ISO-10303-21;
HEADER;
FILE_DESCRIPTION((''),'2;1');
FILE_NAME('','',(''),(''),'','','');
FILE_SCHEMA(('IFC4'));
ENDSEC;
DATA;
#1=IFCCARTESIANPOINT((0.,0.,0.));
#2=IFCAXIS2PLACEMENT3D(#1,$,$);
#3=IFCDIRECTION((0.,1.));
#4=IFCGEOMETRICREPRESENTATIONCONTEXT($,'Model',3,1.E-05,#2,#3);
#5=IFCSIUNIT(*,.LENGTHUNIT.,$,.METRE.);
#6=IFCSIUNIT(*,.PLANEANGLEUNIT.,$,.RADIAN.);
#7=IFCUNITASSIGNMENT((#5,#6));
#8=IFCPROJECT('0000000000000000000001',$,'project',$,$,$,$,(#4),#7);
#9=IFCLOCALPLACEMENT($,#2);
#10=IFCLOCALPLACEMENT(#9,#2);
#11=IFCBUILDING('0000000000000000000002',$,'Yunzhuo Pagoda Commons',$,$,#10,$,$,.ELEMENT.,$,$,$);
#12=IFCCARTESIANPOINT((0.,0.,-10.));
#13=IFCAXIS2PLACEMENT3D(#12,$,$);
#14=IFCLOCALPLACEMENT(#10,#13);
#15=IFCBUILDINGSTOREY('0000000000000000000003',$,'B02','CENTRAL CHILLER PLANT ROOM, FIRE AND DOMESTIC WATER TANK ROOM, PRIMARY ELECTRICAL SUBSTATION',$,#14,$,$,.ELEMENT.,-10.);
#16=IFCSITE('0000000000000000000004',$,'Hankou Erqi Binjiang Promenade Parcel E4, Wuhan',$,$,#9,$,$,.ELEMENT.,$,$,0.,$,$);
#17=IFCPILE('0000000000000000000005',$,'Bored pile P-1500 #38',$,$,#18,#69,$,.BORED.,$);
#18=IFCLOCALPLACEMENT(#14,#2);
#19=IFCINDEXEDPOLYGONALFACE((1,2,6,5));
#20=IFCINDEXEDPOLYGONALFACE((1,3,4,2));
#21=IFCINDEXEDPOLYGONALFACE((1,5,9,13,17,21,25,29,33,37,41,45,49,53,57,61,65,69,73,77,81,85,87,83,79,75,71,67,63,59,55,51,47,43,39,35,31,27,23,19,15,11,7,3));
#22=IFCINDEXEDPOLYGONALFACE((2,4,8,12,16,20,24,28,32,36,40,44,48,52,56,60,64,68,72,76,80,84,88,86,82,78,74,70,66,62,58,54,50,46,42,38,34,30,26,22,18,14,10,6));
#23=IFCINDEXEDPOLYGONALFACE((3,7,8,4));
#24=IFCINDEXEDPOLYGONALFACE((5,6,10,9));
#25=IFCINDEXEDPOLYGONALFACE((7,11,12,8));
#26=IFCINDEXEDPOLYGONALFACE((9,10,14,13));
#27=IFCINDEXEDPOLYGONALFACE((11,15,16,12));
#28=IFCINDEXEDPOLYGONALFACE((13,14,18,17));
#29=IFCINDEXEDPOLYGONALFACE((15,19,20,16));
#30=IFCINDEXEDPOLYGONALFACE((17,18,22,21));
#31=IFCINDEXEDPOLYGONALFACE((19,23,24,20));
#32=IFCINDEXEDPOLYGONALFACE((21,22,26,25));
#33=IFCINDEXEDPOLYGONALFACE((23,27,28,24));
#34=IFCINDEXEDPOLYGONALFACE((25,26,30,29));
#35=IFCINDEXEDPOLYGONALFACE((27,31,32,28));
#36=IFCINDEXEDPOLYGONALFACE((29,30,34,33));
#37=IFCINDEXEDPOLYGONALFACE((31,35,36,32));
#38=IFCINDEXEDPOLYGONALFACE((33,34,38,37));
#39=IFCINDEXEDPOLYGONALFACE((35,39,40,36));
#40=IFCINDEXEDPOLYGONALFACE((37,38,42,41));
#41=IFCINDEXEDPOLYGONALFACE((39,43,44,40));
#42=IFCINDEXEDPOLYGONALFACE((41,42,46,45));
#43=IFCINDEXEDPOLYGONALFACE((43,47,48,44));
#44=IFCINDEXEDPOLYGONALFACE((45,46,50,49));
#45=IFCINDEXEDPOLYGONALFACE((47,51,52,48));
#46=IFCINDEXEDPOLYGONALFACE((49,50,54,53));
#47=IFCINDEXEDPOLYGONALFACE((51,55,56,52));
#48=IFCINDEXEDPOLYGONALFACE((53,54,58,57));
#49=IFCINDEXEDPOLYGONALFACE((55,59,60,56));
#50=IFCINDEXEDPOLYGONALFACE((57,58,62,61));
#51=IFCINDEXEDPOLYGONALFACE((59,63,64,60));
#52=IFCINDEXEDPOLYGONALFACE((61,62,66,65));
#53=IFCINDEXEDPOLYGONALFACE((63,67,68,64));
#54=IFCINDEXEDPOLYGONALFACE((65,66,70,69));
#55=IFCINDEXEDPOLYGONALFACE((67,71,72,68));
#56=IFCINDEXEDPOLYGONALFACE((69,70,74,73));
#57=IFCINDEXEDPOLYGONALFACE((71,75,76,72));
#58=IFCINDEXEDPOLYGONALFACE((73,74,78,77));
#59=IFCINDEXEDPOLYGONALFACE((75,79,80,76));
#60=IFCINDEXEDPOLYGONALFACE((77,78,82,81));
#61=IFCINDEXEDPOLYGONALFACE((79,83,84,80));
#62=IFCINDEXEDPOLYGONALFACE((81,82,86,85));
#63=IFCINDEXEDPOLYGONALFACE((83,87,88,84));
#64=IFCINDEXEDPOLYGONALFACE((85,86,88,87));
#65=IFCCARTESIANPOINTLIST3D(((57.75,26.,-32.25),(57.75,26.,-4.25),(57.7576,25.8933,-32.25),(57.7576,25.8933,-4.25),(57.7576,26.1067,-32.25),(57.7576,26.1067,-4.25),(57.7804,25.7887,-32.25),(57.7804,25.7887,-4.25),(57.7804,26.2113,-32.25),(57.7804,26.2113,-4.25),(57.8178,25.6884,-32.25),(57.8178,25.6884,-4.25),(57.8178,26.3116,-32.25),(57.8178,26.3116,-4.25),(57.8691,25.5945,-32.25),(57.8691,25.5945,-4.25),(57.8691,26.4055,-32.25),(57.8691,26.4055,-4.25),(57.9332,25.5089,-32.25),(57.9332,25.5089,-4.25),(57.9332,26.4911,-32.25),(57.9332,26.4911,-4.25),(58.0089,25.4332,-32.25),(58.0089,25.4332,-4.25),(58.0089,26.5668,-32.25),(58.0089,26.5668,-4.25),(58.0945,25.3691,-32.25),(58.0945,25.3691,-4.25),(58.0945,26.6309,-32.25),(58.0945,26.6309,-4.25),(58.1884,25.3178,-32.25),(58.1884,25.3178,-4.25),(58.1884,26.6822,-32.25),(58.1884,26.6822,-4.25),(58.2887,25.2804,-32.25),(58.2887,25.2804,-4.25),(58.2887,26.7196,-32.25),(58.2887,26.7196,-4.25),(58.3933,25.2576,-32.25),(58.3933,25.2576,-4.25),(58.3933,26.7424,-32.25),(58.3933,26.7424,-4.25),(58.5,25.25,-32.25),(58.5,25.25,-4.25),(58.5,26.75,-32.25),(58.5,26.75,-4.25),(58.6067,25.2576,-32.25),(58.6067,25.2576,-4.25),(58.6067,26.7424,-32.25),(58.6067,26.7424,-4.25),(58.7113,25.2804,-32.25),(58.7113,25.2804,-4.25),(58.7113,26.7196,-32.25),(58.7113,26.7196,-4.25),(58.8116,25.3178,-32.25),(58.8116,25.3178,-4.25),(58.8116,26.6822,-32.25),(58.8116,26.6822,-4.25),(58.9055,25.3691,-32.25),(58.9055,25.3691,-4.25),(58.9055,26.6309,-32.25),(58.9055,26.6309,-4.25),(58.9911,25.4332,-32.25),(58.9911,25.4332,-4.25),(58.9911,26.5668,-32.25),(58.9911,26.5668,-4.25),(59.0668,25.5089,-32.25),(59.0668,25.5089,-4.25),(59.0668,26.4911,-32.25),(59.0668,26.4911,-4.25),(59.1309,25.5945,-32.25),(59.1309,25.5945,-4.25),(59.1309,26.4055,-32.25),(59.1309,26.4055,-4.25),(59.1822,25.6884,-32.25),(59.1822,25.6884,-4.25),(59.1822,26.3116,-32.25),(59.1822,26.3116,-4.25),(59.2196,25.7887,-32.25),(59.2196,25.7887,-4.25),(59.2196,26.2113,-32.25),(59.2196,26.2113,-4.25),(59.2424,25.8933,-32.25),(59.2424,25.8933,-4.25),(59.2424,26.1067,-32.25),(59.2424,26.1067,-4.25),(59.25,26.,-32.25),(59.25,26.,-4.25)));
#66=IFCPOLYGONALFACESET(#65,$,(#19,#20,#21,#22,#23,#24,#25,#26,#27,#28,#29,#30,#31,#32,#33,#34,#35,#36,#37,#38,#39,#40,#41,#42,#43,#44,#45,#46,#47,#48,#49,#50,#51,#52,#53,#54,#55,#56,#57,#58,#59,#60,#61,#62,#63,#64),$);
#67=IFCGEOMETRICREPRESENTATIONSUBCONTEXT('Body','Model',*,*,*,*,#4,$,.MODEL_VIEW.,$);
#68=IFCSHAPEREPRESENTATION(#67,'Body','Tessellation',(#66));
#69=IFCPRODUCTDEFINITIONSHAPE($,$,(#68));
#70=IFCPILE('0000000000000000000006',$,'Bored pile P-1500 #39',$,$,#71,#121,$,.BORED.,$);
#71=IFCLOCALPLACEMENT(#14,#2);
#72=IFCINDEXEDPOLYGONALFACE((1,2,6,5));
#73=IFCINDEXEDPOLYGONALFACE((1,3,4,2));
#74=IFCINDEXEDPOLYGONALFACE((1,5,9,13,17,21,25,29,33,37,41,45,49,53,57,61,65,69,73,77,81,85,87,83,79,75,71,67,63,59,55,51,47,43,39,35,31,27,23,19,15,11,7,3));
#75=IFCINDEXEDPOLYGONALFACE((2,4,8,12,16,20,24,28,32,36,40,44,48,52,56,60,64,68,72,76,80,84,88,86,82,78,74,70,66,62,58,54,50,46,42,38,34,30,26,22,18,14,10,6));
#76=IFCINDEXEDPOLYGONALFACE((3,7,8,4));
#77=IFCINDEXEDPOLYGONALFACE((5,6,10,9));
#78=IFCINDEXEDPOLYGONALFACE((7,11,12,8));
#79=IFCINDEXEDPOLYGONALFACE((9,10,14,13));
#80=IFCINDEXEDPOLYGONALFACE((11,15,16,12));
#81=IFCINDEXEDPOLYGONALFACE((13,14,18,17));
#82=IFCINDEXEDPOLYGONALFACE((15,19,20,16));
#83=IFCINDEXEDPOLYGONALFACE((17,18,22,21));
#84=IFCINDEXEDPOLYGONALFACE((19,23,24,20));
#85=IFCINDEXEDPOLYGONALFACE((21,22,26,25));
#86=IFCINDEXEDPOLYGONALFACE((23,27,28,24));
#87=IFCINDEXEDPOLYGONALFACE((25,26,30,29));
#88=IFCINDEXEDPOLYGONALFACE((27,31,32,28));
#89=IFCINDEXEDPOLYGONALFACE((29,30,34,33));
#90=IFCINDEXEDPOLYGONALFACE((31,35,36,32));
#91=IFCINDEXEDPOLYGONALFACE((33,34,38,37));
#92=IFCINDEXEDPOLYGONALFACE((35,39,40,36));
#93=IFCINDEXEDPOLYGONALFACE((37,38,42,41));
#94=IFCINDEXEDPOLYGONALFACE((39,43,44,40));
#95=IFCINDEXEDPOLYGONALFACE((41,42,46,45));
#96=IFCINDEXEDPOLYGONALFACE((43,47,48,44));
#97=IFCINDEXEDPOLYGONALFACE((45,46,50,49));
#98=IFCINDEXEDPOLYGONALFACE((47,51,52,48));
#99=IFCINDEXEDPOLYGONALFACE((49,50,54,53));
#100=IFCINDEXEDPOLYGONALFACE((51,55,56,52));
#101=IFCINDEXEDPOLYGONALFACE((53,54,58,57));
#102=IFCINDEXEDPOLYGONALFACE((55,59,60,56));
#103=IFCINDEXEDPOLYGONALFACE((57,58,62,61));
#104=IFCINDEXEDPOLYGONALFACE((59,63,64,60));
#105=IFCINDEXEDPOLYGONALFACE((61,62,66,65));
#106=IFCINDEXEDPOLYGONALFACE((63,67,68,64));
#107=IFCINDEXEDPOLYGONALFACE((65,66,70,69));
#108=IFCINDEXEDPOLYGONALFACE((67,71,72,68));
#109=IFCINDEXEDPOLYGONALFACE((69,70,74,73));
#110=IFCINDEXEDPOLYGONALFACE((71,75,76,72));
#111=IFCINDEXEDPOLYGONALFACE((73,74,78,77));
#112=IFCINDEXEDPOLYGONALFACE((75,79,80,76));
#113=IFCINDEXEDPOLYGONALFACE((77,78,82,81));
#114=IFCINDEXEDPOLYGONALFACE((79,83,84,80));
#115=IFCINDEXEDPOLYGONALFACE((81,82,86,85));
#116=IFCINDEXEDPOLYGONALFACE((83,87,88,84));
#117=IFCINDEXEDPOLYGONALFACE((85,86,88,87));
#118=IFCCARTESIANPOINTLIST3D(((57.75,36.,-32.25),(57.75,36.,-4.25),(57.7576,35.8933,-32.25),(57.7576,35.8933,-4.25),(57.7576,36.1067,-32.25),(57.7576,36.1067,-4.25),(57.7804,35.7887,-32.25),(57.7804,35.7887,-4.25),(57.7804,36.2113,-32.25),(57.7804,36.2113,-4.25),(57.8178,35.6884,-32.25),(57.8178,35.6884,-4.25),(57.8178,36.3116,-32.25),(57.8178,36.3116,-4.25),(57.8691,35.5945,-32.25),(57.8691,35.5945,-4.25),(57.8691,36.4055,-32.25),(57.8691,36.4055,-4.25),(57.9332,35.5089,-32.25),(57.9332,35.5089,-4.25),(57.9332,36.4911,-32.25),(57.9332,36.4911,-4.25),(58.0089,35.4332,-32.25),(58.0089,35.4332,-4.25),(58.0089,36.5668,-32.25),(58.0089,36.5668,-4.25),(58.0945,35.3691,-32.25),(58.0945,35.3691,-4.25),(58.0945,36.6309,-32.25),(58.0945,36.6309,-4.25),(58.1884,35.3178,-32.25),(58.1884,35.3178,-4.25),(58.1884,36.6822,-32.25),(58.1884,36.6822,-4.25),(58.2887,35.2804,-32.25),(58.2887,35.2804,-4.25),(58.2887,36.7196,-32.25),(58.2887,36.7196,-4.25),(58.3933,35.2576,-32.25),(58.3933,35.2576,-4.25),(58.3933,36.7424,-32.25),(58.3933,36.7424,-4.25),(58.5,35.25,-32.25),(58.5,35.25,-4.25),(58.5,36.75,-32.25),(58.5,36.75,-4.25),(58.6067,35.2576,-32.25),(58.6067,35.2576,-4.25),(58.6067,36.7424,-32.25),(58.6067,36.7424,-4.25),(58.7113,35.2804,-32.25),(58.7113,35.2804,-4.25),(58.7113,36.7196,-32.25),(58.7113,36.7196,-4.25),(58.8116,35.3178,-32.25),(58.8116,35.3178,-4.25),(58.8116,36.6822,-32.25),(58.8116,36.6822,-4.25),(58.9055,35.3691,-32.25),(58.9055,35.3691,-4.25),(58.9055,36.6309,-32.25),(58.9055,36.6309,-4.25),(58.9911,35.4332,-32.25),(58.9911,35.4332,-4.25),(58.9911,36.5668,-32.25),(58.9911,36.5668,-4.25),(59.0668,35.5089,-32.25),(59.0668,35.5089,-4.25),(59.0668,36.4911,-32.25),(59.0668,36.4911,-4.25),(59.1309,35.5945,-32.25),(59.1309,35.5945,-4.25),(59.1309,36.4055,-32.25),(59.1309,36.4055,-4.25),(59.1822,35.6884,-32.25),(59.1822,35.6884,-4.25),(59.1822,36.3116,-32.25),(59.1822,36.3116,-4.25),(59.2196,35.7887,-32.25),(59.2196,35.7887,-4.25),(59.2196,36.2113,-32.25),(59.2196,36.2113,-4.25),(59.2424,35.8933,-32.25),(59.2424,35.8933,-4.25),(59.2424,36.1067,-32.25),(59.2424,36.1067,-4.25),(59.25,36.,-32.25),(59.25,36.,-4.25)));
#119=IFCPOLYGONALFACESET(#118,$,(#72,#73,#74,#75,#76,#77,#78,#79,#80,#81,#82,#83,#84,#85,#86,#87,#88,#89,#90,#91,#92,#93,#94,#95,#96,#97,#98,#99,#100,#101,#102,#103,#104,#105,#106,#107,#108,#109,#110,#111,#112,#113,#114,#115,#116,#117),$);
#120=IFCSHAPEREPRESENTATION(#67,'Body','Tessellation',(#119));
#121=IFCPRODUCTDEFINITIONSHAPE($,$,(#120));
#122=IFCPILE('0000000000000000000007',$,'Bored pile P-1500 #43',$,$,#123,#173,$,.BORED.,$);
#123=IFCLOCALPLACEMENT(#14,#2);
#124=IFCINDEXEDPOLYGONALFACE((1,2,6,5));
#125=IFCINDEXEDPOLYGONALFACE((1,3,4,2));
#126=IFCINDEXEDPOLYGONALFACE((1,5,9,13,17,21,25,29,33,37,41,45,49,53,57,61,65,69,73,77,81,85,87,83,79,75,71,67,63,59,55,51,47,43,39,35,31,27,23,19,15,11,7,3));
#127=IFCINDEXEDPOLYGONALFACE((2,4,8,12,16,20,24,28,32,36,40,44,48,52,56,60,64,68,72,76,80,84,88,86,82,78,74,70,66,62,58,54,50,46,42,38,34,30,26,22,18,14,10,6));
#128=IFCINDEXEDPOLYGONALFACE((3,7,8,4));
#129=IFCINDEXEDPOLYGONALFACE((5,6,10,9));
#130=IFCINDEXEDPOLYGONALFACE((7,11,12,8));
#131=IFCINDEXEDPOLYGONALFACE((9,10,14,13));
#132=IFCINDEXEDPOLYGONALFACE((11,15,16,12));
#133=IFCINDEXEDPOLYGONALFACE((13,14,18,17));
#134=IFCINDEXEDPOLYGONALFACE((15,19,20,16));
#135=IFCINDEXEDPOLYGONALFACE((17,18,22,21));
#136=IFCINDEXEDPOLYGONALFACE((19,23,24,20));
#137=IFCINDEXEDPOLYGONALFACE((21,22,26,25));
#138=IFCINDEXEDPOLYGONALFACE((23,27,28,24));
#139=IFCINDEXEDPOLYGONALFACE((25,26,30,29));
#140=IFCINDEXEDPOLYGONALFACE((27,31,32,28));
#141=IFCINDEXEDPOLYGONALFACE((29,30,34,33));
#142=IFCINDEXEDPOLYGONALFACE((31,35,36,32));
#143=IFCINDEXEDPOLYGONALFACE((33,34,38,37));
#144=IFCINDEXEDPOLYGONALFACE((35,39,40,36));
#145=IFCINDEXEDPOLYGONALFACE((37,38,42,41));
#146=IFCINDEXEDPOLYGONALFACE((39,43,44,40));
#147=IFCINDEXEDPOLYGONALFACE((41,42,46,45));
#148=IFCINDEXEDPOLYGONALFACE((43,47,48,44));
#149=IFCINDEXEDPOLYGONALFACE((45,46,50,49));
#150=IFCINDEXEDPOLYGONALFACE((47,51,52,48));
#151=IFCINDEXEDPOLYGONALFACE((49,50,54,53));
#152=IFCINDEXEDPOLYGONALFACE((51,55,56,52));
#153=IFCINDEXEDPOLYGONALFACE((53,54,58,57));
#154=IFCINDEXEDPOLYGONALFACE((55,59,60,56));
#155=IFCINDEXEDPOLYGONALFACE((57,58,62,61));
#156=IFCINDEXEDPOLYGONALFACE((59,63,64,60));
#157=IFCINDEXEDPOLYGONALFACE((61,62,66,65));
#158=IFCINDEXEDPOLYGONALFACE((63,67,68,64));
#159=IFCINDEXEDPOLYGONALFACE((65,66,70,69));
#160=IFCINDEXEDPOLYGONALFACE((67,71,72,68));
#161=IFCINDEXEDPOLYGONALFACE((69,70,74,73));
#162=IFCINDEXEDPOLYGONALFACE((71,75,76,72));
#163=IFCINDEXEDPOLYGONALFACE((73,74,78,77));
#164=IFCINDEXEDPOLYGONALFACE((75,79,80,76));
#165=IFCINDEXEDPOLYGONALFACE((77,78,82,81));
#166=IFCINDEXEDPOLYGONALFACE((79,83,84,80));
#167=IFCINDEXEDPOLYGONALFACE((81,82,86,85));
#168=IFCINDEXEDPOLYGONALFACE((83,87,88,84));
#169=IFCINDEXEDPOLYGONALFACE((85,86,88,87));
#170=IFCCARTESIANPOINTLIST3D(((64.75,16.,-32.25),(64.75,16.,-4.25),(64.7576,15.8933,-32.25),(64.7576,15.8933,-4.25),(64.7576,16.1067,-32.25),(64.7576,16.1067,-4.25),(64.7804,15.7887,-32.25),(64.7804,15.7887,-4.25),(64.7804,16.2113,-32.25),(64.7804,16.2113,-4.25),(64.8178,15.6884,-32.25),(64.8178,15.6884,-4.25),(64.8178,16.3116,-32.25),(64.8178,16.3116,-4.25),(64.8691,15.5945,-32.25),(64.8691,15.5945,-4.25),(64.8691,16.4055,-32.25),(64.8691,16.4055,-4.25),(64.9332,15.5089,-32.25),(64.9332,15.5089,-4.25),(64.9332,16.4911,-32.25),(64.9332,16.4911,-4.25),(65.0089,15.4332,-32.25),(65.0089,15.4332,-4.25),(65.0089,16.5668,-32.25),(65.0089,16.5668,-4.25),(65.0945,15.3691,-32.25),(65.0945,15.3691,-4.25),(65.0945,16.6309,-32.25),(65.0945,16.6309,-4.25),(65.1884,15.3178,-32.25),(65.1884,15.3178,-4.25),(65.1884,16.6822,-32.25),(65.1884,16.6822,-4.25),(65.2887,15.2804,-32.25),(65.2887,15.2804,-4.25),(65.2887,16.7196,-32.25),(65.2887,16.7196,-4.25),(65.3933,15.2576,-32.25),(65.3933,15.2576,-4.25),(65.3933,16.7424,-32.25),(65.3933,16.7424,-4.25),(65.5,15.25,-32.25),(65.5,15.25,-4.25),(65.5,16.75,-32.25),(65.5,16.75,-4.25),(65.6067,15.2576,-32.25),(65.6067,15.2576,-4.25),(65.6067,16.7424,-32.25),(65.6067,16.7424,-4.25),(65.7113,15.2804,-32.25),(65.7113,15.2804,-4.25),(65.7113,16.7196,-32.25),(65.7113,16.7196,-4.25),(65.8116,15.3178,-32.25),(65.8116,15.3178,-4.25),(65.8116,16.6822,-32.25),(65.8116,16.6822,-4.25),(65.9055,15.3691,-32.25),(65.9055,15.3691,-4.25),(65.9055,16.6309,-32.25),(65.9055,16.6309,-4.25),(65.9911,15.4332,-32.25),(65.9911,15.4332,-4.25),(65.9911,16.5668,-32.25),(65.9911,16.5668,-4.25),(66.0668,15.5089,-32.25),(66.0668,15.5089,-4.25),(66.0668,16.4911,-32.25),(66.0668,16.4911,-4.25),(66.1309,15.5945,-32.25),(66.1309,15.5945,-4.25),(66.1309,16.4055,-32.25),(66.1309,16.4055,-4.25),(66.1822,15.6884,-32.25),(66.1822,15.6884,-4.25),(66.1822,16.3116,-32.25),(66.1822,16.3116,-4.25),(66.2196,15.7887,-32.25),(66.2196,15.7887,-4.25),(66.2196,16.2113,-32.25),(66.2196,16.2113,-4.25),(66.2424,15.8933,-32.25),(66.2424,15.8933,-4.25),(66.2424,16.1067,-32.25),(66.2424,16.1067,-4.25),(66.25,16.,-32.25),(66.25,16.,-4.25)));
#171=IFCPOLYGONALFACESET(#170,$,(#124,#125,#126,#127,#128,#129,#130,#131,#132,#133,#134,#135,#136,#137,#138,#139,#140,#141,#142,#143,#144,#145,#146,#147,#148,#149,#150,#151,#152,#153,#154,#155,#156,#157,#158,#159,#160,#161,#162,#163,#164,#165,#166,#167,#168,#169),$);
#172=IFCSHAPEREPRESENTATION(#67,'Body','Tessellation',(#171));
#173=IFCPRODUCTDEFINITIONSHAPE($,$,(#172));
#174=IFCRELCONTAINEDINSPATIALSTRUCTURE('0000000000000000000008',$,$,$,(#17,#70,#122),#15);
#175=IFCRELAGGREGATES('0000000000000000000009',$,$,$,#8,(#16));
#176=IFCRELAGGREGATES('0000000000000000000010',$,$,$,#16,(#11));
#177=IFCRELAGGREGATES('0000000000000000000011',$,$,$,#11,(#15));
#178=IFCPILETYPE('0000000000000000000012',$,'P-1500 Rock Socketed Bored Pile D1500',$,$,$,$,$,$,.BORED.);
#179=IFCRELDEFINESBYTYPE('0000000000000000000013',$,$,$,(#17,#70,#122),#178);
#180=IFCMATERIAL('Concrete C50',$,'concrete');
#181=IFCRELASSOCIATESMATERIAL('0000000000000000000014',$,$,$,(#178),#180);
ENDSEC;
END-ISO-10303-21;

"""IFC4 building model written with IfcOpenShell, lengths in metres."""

from ifc_helpers import new_model, si_unit, direction, frame, origin, origin_2d, place, context, subcontext, project, spatial, circle, extrude, source, transform, mapped, material, material_profile, profile_set, type_object, element, save


model = new_model("IFC4")

# Units and contexts
model_context = context("Model", 3, precision=1e-05, world=origin(), true_north=direction((0.0, 1.0)))
body_context = subcontext(model_context, "Body", "Model", "MODEL_VIEW")
ifc_project = project(units=[si_unit("LENGTHUNIT", "METRE"), si_unit("PLANEANGLEUNIT", "RADIAN")], contexts=[model_context])

# Site, building, storey
site_placement = place(None, origin())
site = spatial("IfcSite", under=ifc_project, at=site_placement, Name="Hankou Erqi Binjiang Promenade Parcel E4, Wuhan", CompositionType="ELEMENT", RefElevation=0.0)
building_placement = place(site_placement, origin())
building = spatial("IfcBuilding", under=site, at=building_placement, Name="Yunzhuo Pagoda Commons", CompositionType="ELEMENT")
storey_placement = place(building_placement, frame((0.0, 0.0, -10.0)))
storey = spatial("IfcBuildingStorey", under=building, at=storey_placement, Name="B02", Description="CENTRAL CHILLER PLANT ROOM, FIRE AND DOMESTIC WATER TANK ROOM, PRIMARY ELECTRICAL SUBSTATION", CompositionType="ELEMENT", Elevation=-10.0)

# Piles
ifc_material_1 = material(Name="Concrete C50", Category="concrete")
ifc_material_profile_1 = material_profile(ifc_material_1, circle(Radius=0.75, at=origin_2d()), Name="Concrete C50")
ifc_profile_set_1 = profile_set([ifc_material_profile_1], Name="Concrete C50")
pile_type_1 = type_object("IfcPileType", Name="P-1500 Rock Socketed Bored Pile D1500", PredefinedType="BORED", material=ifc_profile_set_1)
shared_shape_1 = source(origin(), body_context, "Body", "SweptSolid", [
    extrude(circle(Radius=0.75, at=origin_2d()), origin(), (0.0, 0.0, 1.0), 28.0),
])
for number, where, z_axis, x_axis, name in (
    (1, (58.5, 26.0, -4.25), (0.0, 0.0, -1.0), (1.0, 0.0, 0.0), "Bored pile P-1500 #38"),
    (2, (58.5, 36.0, -4.25), (0.0, 0.0, -1.0), (1.0, 0.0, 0.0), "Bored pile P-1500 #39"),
    (3, (65.5, 16.0, -4.25), (0.0, 0.0, -1.0), (1.0, 0.0, 0.0), "Bored pile P-1500 #43"),
):
    element("IfcPile", number, at=place(storey_placement, frame(where, z_axis=z_axis, x_axis=x_axis)), inside=storey, type_object=pile_type_1, Name=name, PredefinedType="BORED", context=body_context, shape_type="MappedRepresentation", body=[
        mapped(shared_shape_1, transform((0.0, 0.0, 0.0), scale=1.0)),
    ])

save(model, "model.ifc")
